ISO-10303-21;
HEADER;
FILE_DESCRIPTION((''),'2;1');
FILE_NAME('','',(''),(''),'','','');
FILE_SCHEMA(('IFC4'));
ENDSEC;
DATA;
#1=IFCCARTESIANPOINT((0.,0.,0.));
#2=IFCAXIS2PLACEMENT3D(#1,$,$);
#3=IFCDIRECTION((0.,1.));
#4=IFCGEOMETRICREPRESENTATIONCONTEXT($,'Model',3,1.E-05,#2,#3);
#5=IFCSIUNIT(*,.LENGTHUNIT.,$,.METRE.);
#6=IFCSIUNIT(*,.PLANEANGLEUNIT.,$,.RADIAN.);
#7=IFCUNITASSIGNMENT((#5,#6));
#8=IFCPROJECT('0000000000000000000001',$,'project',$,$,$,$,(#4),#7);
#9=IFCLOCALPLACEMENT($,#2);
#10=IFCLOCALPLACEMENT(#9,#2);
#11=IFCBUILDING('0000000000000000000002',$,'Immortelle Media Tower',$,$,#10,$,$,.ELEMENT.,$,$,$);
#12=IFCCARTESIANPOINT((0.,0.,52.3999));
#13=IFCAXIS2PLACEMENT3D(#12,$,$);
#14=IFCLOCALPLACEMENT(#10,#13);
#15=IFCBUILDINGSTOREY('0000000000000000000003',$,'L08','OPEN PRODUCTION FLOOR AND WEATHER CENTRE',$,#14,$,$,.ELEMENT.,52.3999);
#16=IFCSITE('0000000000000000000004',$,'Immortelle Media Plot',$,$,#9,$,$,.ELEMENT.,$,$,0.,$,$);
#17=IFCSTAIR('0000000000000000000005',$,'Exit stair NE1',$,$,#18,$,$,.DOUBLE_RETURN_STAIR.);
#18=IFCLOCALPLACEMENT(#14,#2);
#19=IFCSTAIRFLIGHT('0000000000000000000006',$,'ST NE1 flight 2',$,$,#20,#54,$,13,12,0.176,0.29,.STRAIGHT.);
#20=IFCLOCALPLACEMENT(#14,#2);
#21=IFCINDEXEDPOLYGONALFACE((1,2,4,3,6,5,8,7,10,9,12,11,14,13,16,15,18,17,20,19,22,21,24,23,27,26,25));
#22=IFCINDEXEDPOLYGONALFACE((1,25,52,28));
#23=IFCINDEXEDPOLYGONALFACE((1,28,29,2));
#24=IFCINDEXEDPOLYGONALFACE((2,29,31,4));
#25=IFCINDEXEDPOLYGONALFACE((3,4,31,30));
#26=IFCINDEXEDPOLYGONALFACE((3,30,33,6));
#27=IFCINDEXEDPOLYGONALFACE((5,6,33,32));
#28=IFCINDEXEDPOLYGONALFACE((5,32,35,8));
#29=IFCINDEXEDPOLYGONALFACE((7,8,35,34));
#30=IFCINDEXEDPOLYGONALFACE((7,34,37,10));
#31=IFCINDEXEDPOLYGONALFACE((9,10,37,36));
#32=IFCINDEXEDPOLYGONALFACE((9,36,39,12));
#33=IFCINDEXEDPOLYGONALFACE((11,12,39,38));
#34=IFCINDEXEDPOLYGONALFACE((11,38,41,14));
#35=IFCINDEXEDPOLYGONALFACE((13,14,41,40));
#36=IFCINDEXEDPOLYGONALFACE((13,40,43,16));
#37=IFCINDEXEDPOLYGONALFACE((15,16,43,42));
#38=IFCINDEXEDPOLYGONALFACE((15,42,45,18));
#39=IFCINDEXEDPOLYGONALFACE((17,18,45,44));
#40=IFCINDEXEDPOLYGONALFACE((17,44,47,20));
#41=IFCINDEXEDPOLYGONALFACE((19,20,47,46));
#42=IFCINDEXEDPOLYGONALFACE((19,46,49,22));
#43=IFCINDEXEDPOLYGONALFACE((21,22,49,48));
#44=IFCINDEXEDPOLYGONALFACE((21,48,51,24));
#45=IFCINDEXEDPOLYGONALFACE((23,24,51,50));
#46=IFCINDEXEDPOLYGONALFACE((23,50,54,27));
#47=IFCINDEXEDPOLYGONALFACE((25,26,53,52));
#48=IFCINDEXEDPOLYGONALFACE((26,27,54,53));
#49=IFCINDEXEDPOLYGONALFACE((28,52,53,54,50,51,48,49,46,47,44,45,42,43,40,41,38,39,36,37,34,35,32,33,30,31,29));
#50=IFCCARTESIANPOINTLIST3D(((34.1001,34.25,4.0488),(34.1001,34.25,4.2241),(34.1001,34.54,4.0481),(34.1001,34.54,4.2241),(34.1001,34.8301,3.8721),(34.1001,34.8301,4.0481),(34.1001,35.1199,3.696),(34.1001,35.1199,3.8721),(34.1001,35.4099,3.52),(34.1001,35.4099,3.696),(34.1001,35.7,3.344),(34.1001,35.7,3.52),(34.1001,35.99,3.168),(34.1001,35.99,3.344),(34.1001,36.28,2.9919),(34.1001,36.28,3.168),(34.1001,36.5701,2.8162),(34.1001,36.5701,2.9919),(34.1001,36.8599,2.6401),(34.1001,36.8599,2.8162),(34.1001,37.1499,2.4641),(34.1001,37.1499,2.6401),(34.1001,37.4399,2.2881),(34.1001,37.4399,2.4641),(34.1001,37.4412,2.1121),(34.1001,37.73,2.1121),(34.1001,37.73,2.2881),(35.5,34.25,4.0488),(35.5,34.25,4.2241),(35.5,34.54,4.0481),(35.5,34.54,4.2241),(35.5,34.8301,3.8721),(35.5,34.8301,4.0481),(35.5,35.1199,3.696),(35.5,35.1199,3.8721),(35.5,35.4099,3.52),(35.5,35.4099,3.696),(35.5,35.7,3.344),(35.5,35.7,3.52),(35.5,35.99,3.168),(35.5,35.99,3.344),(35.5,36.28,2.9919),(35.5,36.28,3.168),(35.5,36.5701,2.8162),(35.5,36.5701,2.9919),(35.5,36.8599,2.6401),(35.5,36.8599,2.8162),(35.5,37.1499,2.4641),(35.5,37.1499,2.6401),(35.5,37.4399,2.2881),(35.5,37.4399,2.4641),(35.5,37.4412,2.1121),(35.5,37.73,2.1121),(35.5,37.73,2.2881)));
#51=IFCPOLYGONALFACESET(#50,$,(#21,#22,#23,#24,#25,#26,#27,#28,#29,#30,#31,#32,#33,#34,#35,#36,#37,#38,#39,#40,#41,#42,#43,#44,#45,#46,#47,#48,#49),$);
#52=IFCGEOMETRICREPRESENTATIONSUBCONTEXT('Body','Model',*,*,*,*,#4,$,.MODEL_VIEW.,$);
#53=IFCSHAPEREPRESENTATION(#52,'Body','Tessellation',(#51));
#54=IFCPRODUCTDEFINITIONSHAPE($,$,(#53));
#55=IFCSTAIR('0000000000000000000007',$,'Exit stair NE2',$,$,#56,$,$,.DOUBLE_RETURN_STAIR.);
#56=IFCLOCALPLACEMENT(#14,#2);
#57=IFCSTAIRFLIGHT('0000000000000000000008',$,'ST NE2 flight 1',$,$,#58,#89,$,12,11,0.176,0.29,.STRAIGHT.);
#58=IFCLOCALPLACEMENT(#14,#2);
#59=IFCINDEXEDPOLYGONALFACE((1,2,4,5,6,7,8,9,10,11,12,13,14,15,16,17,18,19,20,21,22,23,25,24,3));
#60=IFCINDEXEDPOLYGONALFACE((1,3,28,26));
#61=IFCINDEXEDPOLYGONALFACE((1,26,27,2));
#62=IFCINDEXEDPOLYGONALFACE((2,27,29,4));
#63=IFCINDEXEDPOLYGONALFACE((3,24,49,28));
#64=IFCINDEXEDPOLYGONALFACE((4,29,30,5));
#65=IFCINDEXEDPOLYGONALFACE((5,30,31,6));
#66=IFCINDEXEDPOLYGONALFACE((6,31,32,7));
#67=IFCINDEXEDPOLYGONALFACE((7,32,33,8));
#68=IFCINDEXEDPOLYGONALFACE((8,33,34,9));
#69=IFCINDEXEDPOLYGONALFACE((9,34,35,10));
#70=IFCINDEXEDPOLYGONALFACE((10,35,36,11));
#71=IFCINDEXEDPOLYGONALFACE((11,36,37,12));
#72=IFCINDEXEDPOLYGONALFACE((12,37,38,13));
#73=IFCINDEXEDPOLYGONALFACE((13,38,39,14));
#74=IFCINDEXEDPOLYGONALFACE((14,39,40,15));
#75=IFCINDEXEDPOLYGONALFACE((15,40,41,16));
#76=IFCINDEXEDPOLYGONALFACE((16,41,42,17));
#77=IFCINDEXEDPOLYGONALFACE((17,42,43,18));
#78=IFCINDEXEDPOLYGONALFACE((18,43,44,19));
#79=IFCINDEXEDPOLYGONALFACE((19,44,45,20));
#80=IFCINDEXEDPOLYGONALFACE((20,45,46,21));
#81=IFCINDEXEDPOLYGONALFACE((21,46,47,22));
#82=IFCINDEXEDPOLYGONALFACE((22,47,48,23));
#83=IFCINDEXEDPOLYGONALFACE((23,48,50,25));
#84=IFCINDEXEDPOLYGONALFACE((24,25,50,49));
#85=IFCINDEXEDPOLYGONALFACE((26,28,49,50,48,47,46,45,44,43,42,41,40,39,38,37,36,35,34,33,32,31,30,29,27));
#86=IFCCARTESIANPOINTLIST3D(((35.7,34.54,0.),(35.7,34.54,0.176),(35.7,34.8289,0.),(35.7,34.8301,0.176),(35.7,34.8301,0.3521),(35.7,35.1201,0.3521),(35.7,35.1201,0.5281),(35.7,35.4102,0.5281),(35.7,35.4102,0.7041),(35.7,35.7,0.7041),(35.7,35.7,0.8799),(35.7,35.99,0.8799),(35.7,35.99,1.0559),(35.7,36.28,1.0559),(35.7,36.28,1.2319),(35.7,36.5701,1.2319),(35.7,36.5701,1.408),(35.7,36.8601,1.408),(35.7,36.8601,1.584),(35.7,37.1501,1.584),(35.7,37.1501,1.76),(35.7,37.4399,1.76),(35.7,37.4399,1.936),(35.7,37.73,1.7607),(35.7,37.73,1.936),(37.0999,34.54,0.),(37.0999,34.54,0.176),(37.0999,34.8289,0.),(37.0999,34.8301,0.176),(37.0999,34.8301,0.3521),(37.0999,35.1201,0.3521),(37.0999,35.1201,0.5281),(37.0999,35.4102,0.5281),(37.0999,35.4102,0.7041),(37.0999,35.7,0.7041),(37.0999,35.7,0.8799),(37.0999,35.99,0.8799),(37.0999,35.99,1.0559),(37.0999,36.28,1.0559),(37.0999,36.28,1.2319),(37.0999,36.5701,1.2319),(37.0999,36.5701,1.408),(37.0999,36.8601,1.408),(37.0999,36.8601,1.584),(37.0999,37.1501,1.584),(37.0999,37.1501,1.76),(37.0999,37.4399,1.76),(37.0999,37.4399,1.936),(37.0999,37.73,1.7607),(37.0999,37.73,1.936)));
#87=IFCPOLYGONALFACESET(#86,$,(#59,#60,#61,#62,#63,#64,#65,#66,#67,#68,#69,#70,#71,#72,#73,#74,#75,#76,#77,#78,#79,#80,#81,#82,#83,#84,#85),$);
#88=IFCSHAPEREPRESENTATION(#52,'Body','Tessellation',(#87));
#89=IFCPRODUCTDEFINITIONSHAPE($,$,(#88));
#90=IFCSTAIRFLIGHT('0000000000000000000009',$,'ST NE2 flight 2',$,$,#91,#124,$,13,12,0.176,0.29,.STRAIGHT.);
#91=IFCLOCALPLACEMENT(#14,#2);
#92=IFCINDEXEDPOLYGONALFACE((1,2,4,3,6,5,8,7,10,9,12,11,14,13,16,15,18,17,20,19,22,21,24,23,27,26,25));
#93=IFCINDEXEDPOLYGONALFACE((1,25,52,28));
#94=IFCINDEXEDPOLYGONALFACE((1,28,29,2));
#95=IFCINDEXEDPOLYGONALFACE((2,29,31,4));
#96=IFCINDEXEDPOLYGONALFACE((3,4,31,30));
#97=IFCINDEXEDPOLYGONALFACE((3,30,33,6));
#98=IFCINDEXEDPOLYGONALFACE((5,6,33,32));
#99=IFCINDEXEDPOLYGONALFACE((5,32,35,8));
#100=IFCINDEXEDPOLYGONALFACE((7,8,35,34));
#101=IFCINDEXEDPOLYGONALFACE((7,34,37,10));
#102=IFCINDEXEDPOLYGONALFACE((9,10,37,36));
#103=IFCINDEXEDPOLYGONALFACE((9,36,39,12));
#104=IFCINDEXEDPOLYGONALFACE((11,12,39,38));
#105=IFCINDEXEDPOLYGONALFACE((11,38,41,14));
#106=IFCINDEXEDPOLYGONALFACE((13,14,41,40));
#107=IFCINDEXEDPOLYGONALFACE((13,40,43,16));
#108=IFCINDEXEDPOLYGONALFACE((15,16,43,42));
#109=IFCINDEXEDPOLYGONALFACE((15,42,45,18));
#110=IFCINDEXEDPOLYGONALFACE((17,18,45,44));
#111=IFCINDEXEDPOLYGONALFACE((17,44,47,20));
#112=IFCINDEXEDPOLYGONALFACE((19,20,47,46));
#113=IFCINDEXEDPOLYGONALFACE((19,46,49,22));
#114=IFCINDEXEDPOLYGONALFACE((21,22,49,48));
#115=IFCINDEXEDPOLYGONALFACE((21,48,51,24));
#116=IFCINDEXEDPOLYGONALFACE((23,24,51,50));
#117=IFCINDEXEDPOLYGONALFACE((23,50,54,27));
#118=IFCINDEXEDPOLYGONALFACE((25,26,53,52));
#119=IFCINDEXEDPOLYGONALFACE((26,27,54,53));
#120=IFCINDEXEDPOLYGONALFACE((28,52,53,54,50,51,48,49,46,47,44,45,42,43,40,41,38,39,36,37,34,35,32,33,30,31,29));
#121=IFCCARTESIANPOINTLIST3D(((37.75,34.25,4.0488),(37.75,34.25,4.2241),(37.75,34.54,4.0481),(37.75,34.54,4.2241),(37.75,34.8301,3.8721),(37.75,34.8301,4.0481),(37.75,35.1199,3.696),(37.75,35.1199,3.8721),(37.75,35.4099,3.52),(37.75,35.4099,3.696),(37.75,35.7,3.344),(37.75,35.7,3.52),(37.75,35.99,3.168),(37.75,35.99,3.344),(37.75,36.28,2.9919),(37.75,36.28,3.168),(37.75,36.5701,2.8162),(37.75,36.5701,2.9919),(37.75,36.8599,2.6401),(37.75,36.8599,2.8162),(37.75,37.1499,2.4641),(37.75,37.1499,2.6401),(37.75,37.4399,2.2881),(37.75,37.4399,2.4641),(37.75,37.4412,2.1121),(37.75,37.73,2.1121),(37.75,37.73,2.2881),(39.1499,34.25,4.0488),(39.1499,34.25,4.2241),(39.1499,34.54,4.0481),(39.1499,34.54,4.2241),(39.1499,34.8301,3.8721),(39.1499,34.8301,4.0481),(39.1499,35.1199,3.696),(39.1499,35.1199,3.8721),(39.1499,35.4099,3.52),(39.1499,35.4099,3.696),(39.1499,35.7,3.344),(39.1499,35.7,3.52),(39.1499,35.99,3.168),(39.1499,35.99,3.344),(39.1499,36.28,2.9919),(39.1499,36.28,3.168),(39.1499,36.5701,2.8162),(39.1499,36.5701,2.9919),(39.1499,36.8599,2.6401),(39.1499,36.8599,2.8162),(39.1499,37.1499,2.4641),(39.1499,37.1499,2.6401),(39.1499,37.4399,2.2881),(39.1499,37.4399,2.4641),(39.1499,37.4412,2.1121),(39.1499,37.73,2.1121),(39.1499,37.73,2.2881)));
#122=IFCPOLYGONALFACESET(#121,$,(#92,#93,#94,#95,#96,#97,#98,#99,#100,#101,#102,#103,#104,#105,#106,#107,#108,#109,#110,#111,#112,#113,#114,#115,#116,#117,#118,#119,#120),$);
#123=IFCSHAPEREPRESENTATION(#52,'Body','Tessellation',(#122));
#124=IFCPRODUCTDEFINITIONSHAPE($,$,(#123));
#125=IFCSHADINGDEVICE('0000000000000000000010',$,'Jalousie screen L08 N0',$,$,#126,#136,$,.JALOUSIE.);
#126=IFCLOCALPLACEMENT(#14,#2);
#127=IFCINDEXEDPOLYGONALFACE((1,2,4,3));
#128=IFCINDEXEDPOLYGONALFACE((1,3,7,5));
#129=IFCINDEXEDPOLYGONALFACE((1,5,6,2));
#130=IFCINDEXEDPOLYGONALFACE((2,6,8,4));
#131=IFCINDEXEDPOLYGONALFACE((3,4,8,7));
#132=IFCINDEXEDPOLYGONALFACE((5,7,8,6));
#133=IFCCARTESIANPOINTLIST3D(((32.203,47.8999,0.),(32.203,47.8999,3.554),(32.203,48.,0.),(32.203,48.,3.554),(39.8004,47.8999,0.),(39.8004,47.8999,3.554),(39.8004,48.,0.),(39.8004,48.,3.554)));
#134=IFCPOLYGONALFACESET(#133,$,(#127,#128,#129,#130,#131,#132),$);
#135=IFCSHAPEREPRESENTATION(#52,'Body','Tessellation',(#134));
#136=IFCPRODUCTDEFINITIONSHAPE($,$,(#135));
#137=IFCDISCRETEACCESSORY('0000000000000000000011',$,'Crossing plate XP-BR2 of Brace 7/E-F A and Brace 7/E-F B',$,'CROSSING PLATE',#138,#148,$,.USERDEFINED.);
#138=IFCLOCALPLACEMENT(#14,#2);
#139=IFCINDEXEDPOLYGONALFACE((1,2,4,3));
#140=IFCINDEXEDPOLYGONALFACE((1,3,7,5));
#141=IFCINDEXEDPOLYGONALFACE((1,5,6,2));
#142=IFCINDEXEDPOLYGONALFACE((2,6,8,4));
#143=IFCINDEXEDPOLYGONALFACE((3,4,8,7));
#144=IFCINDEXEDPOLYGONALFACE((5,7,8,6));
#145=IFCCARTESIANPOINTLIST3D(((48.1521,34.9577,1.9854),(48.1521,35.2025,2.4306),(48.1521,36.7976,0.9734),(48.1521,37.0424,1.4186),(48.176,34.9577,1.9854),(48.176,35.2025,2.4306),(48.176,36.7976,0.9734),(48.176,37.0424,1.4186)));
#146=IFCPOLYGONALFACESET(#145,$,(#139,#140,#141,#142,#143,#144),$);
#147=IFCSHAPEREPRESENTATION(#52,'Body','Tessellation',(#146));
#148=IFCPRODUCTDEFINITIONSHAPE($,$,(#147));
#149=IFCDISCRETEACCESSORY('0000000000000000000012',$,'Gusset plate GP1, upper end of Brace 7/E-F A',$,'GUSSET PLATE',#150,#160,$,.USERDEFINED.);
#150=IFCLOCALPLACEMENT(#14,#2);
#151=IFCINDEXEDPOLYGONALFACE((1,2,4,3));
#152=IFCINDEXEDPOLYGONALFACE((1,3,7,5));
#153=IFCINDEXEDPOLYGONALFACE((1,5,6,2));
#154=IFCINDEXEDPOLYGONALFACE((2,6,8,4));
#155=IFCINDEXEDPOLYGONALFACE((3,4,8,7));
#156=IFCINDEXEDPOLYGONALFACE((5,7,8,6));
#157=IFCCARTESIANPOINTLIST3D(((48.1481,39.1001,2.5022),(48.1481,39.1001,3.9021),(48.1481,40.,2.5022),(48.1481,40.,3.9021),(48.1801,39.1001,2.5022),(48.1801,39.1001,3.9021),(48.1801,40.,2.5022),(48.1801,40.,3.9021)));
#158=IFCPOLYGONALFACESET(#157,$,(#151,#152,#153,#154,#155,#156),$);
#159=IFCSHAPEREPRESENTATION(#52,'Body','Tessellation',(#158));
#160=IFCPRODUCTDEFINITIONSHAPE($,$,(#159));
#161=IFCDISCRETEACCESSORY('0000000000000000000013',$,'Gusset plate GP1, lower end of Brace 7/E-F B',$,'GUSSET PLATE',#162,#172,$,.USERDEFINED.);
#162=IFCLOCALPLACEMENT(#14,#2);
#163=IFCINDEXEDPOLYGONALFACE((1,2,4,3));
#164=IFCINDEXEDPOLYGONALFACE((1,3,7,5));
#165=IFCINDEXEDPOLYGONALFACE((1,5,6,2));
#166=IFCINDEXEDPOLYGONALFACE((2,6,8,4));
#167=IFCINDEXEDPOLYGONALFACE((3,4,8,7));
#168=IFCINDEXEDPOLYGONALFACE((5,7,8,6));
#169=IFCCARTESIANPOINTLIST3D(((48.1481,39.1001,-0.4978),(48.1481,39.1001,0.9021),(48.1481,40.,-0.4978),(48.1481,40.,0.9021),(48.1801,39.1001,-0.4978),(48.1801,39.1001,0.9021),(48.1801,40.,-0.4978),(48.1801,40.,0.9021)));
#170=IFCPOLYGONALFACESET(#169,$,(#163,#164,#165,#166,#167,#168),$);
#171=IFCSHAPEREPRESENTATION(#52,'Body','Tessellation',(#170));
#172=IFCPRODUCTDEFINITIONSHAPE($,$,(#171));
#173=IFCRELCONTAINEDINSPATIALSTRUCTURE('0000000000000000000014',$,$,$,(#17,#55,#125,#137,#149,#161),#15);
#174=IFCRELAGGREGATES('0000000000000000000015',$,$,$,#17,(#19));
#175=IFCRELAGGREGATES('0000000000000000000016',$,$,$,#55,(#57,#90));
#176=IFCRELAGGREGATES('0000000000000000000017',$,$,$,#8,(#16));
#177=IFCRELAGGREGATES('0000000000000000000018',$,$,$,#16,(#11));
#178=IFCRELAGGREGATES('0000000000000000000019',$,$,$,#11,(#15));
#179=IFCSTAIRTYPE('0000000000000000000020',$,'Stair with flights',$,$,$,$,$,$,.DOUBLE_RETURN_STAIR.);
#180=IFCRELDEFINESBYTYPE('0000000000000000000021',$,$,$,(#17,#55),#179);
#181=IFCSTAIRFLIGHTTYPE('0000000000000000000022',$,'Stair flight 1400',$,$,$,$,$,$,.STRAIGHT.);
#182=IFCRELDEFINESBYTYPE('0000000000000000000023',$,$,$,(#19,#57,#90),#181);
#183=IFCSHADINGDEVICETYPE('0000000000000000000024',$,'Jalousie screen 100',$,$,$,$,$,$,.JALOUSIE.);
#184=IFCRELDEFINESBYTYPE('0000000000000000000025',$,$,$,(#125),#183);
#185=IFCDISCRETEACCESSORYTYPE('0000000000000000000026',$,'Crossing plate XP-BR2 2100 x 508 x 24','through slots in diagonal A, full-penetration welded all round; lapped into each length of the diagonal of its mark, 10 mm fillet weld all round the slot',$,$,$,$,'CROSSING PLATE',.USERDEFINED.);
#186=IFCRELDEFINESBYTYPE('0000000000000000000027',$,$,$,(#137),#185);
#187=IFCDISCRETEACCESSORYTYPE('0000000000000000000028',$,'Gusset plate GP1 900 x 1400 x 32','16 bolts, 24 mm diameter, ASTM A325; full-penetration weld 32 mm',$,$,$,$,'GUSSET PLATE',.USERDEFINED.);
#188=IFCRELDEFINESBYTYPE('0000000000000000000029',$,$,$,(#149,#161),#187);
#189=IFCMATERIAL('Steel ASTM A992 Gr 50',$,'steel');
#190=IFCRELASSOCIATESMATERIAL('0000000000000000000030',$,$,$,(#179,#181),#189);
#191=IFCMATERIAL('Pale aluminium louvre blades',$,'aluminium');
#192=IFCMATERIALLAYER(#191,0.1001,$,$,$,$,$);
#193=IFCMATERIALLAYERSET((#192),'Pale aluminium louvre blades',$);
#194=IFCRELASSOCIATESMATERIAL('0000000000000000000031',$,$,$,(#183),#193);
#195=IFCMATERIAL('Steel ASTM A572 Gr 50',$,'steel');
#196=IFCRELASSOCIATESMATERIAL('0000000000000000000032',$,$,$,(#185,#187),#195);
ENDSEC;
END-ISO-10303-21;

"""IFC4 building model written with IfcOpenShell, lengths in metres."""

from ifc_helpers import new_model, si_unit, direction, frame, origin, origin_2d, place, context, subcontext, project, spatial, polyline, rectangle, outline, extrude, material, layer, layer_set, material_profile, profile_set, type_object, element, aggregate, save


model = new_model("IFC4")

# Units and contexts
model_context = context("Model", 3, precision=1e-05, world=origin(), true_north=direction((0.0, 1.0)))
body_context = subcontext(model_context, "Body", "Model", "MODEL_VIEW")
ifc_project = project(units=[si_unit("LENGTHUNIT", "METRE"), si_unit("PLANEANGLEUNIT", "RADIAN")], contexts=[model_context])

# Site, building, storey
site_placement = place(None, origin())
site = spatial("IfcSite", under=ifc_project, at=site_placement, Name="Immortelle Media Plot", CompositionType="ELEMENT", RefElevation=0.0)
building_placement = place(site_placement, origin())
building = spatial("IfcBuilding", under=site, at=building_placement, Name="Immortelle Media Tower", CompositionType="ELEMENT")
storey_placement = place(building_placement, frame((0.0, 0.0, 52.3999)))
storey = spatial("IfcBuildingStorey", under=building, at=storey_placement, Name="L08", Description="OPEN PRODUCTION FLOOR AND WEATHER CENTRE", CompositionType="ELEMENT", Elevation=52.3999)

# Shared definitions
ifc_material_1 = material(Name="Steel ASTM A992 Gr 50", Category="steel")

# Stair, stair flight
stair_type = type_object("IfcStairType", Name="Stair with flights", PredefinedType="DOUBLE_RETURN_STAIR", material=ifc_material_1)
stair_1_placement = place(storey_placement, origin())
stair_1 = element("IfcStair", 1, at=stair_1_placement, inside=storey, type_object=stair_type, Name="Exit stair NE1", PredefinedType="DOUBLE_RETURN_STAIR")
stair_flight_type = type_object("IfcStairFlightType", Name="Stair flight 1400", PredefinedType="STRAIGHT", material=ifc_material_1)
stair_flight_1_placement = place(storey_placement, frame((34.8, 37.73, 2.1121), z_axis=(0.0, 0.0, 1.0), x_axis=(0.0, -1.0, 0.0)))
stair_flight_1 = element("IfcStairFlight", 2, at=stair_flight_1_placement, type_object=stair_flight_type, Name="ST NE1 flight 2", NumberOfRisers=13, NumberOfTreads=12, PredefinedType="STRAIGHT", RiserHeight=0.176, TreadLength=0.29, context=body_context, shape_type="SweptSolid", body=[
    extrude(outline(polyline([(0.0, 0.0), (0.0, 0.176), (0.29, 0.176), (0.29, 0.3521), (0.5801, 0.3521), (0.5801, 0.5281), (0.8701, 0.5281), (0.8701, 0.7041), (1.1599, 0.7041), (1.1599, 0.8799), (1.45, 0.8799), (1.45, 1.0559), (1.74, 1.0559), (1.74, 1.2319), (2.03, 1.2319), (2.03, 1.408), (2.3201, 1.408), (2.3201, 1.584), (2.6101, 1.584), (2.6101, 1.76), (2.8999, 1.76), (2.8999, 1.936), (3.1899, 1.936), (3.1899, 2.1121), (3.48, 2.1121), (3.48, 2.2881), (3.48, 1.9368), (0.2888, 0.0), (0.0, 0.0)])), frame((0.0, 0.7, 0.0), z_axis=(0.0, -1.0, 0.0), x_axis=(1.0, 0.0, 0.0)), (0.0, 0.0, 1.0), 1.3999),
])
aggregate(stair_1, [stair_flight_1])

# Stair, stair flights
stair_2_placement = place(storey_placement, origin())
stair_2 = element("IfcStair", 3, at=stair_2_placement, inside=storey, type_object=stair_type, Name="Exit stair NE2", PredefinedType="DOUBLE_RETURN_STAIR")
stair_flight_2_placement = place(storey_placement, frame((36.3999, 34.54, 0.0), z_axis=(0.0, 0.0, 1.0), x_axis=(0.0, 1.0, 0.0)))
stair_flight_2 = element("IfcStairFlight", 4, at=stair_flight_2_placement, type_object=stair_flight_type, Name="ST NE2 flight 1", NumberOfRisers=12, NumberOfTreads=11, PredefinedType="STRAIGHT", RiserHeight=0.176, TreadLength=0.29, context=body_context, shape_type="SweptSolid", body=[
    extrude(outline(polyline([(0.0, 0.0), (0.0, 0.176), (0.29, 0.176), (0.29, 0.3521), (0.5801, 0.3521), (0.5801, 0.5281), (0.8701, 0.5281), (0.8701, 0.7041), (1.1599, 0.7041), (1.1599, 0.8799), (1.45, 0.8799), (1.45, 1.0559), (1.74, 1.0559), (1.74, 1.2319), (2.03, 1.2319), (2.03, 1.408), (2.3201, 1.408), (2.3201, 1.584), (2.6101, 1.584), (2.6101, 1.76), (2.8999, 1.76), (2.8999, 1.936), (3.1899, 1.936), (3.1899, 2.1121), (3.1899, 1.7607), (0.2888, 0.0), (0.0, 0.0)])), frame((0.0, 0.7, 0.0), z_axis=(0.0, -1.0, 0.0), x_axis=(1.0, 0.0, 0.0)), (0.0, 0.0, 1.0), 1.3999),
])
stair_flight_3_placement = place(storey_placement, frame((38.45, 37.73, 2.1121), z_axis=(0.0, 0.0, 1.0), x_axis=(0.0, -1.0, 0.0)))
stair_flight_3 = element("IfcStairFlight", 5, at=stair_flight_3_placement, type_object=stair_flight_type, Name="ST NE2 flight 2", NumberOfRisers=13, NumberOfTreads=12, PredefinedType="STRAIGHT", RiserHeight=0.176, TreadLength=0.29, context=body_context, shape_type="SweptSolid", body=[
    extrude(outline(polyline([(0.0, 0.0), (0.0, 0.176), (0.29, 0.176), (0.29, 0.3521), (0.5801, 0.3521), (0.5801, 0.5281), (0.8701, 0.5281), (0.8701, 0.7041), (1.1599, 0.7041), (1.1599, 0.8799), (1.45, 0.8799), (1.45, 1.0559), (1.74, 1.0559), (1.74, 1.2319), (2.03, 1.2319), (2.03, 1.408), (2.3201, 1.408), (2.3201, 1.584), (2.6101, 1.584), (2.6101, 1.76), (2.8999, 1.76), (2.8999, 1.936), (3.1899, 1.936), (3.1899, 2.1121), (3.48, 2.1121), (3.48, 2.2881), (3.48, 1.9368), (0.2888, 0.0), (0.0, 0.0)])), frame((0.0, 0.7, 0.0), z_axis=(0.0, -1.0, 0.0), x_axis=(1.0, 0.0, 0.0)), (0.0, 0.0, 1.0), 1.3999),
])
aggregate(stair_2, [stair_flight_2, stair_flight_3])

# Shading device
ifc_material_2 = material(Name="Pale aluminium louvre blades", Category="aluminium")
ifc_layer_1 = layer(ifc_material_2, 0.1001)
ifc_layer_set_1 = layer_set([ifc_layer_1], Name="Pale aluminium louvre blades")
shading_device_type = type_object("IfcShadingDeviceType", Name="Jalousie screen 100", PredefinedType="JALOUSIE", material=ifc_layer_set_1)
shading_device_placement = place(storey_placement, frame((36.0017, 47.95, 0.0), z_axis=(0.0, 0.0, 1.0), x_axis=(-1.0, 0.0, 0.0)))
element("IfcShadingDevice", 6, at=shading_device_placement, inside=storey, type_object=shading_device_type, Name="Jalousie screen L08 N0", PredefinedType="JALOUSIE", context=body_context, shape_type="SweptSolid", body=[
    extrude(rectangle(XDim=7.5974, YDim=0.1001, at=origin_2d()), origin(), (0.0, 0.0, 1.0), 3.554),
])

# Discrete accessories
ifc_material_3 = material(Name="Steel ASTM A572 Gr 50", Category="steel")
ifc_material_profile_1 = material_profile(ifc_material_3, rectangle(XDim=0.0239, YDim=0.5081, at=origin_2d()), Name="PL 24 x 508")
ifc_profile_set_1 = profile_set([ifc_material_profile_1], Name="Steel ASTM A572 Gr 50")
discrete_accessory_type_1 = type_object("IfcDiscreteAccessoryType", Name="Crossing plate XP-BR2 2100 x 508 x 24", Description="through slots in diagonal A, full-penetration welded all round; lapped into each length of the diagonal of its mark, 10 mm fillet weld all round the slot", ElementType="CROSSING PLATE", PredefinedType="USERDEFINED", material=ifc_profile_set_1)
discrete_accessory_placement = place(storey_placement, frame((48.1641, 35.0801, 2.208), z_axis=(0.0, 0.876206, -0.481937), x_axis=(-1.0, 0.0, 0.0)))
element("IfcDiscreteAccessory", 7, at=discrete_accessory_placement, inside=storey, type_object=discrete_accessory_type_1, Name="Crossing plate XP-BR2 of Brace 7/E-F A and Brace 7/E-F B", ObjectType="CROSSING PLATE", PredefinedType="USERDEFINED", context=body_context, shape_type="SweptSolid", body=[
    extrude(rectangle(XDim=0.0239, YDim=0.5081, at=origin_2d()), origin(), (0.0, 0.0, 1.0), 2.0999),
])
ifc_material_profile_2 = material_profile(ifc_material_3, rectangle(XDim=0.032, YDim=1.3999, at=origin_2d()), Name="PL 32 x 1400")
ifc_profile_set_2 = profile_set([ifc_material_profile_2], Name="Steel ASTM A572 Gr 50")
discrete_accessory_type_2 = type_object("IfcDiscreteAccessoryType", Name="Gusset plate GP1 900 x 1400 x 32", Description="16 bolts, 24 mm diameter, ASTM A325; full-penetration weld 32 mm", ElementType="GUSSET PLATE", PredefinedType="USERDEFINED", material=ifc_profile_set_2)
for number, where, z_axis, x_axis, name in (
    (8, (48.1641, 40.0, 3.2021), (0.0, -1.0, 0.0), (1.0, 0.0, 0.0), "Gusset plate GP1, upper end of Brace 7/E-F A"),
    (9, (48.1641, 40.0, 0.2021), (0.0, -1.0, 0.0), (1.0, 0.0, 0.0), "Gusset plate GP1, lower end of Brace 7/E-F B"),
):
    element("IfcDiscreteAccessory", number, at=place(storey_placement, frame(where, z_axis=z_axis, x_axis=x_axis)), inside=storey, type_object=discrete_accessory_type_2, Name=name, ObjectType="GUSSET PLATE", PredefinedType="USERDEFINED", context=body_context, shape_type="SweptSolid", body=[
        extrude(rectangle(XDim=0.032, YDim=1.3999, at=origin_2d()), origin(), (0.0, 0.0, 1.0), 0.8999),
    ])

save(model, "model.ifc")
